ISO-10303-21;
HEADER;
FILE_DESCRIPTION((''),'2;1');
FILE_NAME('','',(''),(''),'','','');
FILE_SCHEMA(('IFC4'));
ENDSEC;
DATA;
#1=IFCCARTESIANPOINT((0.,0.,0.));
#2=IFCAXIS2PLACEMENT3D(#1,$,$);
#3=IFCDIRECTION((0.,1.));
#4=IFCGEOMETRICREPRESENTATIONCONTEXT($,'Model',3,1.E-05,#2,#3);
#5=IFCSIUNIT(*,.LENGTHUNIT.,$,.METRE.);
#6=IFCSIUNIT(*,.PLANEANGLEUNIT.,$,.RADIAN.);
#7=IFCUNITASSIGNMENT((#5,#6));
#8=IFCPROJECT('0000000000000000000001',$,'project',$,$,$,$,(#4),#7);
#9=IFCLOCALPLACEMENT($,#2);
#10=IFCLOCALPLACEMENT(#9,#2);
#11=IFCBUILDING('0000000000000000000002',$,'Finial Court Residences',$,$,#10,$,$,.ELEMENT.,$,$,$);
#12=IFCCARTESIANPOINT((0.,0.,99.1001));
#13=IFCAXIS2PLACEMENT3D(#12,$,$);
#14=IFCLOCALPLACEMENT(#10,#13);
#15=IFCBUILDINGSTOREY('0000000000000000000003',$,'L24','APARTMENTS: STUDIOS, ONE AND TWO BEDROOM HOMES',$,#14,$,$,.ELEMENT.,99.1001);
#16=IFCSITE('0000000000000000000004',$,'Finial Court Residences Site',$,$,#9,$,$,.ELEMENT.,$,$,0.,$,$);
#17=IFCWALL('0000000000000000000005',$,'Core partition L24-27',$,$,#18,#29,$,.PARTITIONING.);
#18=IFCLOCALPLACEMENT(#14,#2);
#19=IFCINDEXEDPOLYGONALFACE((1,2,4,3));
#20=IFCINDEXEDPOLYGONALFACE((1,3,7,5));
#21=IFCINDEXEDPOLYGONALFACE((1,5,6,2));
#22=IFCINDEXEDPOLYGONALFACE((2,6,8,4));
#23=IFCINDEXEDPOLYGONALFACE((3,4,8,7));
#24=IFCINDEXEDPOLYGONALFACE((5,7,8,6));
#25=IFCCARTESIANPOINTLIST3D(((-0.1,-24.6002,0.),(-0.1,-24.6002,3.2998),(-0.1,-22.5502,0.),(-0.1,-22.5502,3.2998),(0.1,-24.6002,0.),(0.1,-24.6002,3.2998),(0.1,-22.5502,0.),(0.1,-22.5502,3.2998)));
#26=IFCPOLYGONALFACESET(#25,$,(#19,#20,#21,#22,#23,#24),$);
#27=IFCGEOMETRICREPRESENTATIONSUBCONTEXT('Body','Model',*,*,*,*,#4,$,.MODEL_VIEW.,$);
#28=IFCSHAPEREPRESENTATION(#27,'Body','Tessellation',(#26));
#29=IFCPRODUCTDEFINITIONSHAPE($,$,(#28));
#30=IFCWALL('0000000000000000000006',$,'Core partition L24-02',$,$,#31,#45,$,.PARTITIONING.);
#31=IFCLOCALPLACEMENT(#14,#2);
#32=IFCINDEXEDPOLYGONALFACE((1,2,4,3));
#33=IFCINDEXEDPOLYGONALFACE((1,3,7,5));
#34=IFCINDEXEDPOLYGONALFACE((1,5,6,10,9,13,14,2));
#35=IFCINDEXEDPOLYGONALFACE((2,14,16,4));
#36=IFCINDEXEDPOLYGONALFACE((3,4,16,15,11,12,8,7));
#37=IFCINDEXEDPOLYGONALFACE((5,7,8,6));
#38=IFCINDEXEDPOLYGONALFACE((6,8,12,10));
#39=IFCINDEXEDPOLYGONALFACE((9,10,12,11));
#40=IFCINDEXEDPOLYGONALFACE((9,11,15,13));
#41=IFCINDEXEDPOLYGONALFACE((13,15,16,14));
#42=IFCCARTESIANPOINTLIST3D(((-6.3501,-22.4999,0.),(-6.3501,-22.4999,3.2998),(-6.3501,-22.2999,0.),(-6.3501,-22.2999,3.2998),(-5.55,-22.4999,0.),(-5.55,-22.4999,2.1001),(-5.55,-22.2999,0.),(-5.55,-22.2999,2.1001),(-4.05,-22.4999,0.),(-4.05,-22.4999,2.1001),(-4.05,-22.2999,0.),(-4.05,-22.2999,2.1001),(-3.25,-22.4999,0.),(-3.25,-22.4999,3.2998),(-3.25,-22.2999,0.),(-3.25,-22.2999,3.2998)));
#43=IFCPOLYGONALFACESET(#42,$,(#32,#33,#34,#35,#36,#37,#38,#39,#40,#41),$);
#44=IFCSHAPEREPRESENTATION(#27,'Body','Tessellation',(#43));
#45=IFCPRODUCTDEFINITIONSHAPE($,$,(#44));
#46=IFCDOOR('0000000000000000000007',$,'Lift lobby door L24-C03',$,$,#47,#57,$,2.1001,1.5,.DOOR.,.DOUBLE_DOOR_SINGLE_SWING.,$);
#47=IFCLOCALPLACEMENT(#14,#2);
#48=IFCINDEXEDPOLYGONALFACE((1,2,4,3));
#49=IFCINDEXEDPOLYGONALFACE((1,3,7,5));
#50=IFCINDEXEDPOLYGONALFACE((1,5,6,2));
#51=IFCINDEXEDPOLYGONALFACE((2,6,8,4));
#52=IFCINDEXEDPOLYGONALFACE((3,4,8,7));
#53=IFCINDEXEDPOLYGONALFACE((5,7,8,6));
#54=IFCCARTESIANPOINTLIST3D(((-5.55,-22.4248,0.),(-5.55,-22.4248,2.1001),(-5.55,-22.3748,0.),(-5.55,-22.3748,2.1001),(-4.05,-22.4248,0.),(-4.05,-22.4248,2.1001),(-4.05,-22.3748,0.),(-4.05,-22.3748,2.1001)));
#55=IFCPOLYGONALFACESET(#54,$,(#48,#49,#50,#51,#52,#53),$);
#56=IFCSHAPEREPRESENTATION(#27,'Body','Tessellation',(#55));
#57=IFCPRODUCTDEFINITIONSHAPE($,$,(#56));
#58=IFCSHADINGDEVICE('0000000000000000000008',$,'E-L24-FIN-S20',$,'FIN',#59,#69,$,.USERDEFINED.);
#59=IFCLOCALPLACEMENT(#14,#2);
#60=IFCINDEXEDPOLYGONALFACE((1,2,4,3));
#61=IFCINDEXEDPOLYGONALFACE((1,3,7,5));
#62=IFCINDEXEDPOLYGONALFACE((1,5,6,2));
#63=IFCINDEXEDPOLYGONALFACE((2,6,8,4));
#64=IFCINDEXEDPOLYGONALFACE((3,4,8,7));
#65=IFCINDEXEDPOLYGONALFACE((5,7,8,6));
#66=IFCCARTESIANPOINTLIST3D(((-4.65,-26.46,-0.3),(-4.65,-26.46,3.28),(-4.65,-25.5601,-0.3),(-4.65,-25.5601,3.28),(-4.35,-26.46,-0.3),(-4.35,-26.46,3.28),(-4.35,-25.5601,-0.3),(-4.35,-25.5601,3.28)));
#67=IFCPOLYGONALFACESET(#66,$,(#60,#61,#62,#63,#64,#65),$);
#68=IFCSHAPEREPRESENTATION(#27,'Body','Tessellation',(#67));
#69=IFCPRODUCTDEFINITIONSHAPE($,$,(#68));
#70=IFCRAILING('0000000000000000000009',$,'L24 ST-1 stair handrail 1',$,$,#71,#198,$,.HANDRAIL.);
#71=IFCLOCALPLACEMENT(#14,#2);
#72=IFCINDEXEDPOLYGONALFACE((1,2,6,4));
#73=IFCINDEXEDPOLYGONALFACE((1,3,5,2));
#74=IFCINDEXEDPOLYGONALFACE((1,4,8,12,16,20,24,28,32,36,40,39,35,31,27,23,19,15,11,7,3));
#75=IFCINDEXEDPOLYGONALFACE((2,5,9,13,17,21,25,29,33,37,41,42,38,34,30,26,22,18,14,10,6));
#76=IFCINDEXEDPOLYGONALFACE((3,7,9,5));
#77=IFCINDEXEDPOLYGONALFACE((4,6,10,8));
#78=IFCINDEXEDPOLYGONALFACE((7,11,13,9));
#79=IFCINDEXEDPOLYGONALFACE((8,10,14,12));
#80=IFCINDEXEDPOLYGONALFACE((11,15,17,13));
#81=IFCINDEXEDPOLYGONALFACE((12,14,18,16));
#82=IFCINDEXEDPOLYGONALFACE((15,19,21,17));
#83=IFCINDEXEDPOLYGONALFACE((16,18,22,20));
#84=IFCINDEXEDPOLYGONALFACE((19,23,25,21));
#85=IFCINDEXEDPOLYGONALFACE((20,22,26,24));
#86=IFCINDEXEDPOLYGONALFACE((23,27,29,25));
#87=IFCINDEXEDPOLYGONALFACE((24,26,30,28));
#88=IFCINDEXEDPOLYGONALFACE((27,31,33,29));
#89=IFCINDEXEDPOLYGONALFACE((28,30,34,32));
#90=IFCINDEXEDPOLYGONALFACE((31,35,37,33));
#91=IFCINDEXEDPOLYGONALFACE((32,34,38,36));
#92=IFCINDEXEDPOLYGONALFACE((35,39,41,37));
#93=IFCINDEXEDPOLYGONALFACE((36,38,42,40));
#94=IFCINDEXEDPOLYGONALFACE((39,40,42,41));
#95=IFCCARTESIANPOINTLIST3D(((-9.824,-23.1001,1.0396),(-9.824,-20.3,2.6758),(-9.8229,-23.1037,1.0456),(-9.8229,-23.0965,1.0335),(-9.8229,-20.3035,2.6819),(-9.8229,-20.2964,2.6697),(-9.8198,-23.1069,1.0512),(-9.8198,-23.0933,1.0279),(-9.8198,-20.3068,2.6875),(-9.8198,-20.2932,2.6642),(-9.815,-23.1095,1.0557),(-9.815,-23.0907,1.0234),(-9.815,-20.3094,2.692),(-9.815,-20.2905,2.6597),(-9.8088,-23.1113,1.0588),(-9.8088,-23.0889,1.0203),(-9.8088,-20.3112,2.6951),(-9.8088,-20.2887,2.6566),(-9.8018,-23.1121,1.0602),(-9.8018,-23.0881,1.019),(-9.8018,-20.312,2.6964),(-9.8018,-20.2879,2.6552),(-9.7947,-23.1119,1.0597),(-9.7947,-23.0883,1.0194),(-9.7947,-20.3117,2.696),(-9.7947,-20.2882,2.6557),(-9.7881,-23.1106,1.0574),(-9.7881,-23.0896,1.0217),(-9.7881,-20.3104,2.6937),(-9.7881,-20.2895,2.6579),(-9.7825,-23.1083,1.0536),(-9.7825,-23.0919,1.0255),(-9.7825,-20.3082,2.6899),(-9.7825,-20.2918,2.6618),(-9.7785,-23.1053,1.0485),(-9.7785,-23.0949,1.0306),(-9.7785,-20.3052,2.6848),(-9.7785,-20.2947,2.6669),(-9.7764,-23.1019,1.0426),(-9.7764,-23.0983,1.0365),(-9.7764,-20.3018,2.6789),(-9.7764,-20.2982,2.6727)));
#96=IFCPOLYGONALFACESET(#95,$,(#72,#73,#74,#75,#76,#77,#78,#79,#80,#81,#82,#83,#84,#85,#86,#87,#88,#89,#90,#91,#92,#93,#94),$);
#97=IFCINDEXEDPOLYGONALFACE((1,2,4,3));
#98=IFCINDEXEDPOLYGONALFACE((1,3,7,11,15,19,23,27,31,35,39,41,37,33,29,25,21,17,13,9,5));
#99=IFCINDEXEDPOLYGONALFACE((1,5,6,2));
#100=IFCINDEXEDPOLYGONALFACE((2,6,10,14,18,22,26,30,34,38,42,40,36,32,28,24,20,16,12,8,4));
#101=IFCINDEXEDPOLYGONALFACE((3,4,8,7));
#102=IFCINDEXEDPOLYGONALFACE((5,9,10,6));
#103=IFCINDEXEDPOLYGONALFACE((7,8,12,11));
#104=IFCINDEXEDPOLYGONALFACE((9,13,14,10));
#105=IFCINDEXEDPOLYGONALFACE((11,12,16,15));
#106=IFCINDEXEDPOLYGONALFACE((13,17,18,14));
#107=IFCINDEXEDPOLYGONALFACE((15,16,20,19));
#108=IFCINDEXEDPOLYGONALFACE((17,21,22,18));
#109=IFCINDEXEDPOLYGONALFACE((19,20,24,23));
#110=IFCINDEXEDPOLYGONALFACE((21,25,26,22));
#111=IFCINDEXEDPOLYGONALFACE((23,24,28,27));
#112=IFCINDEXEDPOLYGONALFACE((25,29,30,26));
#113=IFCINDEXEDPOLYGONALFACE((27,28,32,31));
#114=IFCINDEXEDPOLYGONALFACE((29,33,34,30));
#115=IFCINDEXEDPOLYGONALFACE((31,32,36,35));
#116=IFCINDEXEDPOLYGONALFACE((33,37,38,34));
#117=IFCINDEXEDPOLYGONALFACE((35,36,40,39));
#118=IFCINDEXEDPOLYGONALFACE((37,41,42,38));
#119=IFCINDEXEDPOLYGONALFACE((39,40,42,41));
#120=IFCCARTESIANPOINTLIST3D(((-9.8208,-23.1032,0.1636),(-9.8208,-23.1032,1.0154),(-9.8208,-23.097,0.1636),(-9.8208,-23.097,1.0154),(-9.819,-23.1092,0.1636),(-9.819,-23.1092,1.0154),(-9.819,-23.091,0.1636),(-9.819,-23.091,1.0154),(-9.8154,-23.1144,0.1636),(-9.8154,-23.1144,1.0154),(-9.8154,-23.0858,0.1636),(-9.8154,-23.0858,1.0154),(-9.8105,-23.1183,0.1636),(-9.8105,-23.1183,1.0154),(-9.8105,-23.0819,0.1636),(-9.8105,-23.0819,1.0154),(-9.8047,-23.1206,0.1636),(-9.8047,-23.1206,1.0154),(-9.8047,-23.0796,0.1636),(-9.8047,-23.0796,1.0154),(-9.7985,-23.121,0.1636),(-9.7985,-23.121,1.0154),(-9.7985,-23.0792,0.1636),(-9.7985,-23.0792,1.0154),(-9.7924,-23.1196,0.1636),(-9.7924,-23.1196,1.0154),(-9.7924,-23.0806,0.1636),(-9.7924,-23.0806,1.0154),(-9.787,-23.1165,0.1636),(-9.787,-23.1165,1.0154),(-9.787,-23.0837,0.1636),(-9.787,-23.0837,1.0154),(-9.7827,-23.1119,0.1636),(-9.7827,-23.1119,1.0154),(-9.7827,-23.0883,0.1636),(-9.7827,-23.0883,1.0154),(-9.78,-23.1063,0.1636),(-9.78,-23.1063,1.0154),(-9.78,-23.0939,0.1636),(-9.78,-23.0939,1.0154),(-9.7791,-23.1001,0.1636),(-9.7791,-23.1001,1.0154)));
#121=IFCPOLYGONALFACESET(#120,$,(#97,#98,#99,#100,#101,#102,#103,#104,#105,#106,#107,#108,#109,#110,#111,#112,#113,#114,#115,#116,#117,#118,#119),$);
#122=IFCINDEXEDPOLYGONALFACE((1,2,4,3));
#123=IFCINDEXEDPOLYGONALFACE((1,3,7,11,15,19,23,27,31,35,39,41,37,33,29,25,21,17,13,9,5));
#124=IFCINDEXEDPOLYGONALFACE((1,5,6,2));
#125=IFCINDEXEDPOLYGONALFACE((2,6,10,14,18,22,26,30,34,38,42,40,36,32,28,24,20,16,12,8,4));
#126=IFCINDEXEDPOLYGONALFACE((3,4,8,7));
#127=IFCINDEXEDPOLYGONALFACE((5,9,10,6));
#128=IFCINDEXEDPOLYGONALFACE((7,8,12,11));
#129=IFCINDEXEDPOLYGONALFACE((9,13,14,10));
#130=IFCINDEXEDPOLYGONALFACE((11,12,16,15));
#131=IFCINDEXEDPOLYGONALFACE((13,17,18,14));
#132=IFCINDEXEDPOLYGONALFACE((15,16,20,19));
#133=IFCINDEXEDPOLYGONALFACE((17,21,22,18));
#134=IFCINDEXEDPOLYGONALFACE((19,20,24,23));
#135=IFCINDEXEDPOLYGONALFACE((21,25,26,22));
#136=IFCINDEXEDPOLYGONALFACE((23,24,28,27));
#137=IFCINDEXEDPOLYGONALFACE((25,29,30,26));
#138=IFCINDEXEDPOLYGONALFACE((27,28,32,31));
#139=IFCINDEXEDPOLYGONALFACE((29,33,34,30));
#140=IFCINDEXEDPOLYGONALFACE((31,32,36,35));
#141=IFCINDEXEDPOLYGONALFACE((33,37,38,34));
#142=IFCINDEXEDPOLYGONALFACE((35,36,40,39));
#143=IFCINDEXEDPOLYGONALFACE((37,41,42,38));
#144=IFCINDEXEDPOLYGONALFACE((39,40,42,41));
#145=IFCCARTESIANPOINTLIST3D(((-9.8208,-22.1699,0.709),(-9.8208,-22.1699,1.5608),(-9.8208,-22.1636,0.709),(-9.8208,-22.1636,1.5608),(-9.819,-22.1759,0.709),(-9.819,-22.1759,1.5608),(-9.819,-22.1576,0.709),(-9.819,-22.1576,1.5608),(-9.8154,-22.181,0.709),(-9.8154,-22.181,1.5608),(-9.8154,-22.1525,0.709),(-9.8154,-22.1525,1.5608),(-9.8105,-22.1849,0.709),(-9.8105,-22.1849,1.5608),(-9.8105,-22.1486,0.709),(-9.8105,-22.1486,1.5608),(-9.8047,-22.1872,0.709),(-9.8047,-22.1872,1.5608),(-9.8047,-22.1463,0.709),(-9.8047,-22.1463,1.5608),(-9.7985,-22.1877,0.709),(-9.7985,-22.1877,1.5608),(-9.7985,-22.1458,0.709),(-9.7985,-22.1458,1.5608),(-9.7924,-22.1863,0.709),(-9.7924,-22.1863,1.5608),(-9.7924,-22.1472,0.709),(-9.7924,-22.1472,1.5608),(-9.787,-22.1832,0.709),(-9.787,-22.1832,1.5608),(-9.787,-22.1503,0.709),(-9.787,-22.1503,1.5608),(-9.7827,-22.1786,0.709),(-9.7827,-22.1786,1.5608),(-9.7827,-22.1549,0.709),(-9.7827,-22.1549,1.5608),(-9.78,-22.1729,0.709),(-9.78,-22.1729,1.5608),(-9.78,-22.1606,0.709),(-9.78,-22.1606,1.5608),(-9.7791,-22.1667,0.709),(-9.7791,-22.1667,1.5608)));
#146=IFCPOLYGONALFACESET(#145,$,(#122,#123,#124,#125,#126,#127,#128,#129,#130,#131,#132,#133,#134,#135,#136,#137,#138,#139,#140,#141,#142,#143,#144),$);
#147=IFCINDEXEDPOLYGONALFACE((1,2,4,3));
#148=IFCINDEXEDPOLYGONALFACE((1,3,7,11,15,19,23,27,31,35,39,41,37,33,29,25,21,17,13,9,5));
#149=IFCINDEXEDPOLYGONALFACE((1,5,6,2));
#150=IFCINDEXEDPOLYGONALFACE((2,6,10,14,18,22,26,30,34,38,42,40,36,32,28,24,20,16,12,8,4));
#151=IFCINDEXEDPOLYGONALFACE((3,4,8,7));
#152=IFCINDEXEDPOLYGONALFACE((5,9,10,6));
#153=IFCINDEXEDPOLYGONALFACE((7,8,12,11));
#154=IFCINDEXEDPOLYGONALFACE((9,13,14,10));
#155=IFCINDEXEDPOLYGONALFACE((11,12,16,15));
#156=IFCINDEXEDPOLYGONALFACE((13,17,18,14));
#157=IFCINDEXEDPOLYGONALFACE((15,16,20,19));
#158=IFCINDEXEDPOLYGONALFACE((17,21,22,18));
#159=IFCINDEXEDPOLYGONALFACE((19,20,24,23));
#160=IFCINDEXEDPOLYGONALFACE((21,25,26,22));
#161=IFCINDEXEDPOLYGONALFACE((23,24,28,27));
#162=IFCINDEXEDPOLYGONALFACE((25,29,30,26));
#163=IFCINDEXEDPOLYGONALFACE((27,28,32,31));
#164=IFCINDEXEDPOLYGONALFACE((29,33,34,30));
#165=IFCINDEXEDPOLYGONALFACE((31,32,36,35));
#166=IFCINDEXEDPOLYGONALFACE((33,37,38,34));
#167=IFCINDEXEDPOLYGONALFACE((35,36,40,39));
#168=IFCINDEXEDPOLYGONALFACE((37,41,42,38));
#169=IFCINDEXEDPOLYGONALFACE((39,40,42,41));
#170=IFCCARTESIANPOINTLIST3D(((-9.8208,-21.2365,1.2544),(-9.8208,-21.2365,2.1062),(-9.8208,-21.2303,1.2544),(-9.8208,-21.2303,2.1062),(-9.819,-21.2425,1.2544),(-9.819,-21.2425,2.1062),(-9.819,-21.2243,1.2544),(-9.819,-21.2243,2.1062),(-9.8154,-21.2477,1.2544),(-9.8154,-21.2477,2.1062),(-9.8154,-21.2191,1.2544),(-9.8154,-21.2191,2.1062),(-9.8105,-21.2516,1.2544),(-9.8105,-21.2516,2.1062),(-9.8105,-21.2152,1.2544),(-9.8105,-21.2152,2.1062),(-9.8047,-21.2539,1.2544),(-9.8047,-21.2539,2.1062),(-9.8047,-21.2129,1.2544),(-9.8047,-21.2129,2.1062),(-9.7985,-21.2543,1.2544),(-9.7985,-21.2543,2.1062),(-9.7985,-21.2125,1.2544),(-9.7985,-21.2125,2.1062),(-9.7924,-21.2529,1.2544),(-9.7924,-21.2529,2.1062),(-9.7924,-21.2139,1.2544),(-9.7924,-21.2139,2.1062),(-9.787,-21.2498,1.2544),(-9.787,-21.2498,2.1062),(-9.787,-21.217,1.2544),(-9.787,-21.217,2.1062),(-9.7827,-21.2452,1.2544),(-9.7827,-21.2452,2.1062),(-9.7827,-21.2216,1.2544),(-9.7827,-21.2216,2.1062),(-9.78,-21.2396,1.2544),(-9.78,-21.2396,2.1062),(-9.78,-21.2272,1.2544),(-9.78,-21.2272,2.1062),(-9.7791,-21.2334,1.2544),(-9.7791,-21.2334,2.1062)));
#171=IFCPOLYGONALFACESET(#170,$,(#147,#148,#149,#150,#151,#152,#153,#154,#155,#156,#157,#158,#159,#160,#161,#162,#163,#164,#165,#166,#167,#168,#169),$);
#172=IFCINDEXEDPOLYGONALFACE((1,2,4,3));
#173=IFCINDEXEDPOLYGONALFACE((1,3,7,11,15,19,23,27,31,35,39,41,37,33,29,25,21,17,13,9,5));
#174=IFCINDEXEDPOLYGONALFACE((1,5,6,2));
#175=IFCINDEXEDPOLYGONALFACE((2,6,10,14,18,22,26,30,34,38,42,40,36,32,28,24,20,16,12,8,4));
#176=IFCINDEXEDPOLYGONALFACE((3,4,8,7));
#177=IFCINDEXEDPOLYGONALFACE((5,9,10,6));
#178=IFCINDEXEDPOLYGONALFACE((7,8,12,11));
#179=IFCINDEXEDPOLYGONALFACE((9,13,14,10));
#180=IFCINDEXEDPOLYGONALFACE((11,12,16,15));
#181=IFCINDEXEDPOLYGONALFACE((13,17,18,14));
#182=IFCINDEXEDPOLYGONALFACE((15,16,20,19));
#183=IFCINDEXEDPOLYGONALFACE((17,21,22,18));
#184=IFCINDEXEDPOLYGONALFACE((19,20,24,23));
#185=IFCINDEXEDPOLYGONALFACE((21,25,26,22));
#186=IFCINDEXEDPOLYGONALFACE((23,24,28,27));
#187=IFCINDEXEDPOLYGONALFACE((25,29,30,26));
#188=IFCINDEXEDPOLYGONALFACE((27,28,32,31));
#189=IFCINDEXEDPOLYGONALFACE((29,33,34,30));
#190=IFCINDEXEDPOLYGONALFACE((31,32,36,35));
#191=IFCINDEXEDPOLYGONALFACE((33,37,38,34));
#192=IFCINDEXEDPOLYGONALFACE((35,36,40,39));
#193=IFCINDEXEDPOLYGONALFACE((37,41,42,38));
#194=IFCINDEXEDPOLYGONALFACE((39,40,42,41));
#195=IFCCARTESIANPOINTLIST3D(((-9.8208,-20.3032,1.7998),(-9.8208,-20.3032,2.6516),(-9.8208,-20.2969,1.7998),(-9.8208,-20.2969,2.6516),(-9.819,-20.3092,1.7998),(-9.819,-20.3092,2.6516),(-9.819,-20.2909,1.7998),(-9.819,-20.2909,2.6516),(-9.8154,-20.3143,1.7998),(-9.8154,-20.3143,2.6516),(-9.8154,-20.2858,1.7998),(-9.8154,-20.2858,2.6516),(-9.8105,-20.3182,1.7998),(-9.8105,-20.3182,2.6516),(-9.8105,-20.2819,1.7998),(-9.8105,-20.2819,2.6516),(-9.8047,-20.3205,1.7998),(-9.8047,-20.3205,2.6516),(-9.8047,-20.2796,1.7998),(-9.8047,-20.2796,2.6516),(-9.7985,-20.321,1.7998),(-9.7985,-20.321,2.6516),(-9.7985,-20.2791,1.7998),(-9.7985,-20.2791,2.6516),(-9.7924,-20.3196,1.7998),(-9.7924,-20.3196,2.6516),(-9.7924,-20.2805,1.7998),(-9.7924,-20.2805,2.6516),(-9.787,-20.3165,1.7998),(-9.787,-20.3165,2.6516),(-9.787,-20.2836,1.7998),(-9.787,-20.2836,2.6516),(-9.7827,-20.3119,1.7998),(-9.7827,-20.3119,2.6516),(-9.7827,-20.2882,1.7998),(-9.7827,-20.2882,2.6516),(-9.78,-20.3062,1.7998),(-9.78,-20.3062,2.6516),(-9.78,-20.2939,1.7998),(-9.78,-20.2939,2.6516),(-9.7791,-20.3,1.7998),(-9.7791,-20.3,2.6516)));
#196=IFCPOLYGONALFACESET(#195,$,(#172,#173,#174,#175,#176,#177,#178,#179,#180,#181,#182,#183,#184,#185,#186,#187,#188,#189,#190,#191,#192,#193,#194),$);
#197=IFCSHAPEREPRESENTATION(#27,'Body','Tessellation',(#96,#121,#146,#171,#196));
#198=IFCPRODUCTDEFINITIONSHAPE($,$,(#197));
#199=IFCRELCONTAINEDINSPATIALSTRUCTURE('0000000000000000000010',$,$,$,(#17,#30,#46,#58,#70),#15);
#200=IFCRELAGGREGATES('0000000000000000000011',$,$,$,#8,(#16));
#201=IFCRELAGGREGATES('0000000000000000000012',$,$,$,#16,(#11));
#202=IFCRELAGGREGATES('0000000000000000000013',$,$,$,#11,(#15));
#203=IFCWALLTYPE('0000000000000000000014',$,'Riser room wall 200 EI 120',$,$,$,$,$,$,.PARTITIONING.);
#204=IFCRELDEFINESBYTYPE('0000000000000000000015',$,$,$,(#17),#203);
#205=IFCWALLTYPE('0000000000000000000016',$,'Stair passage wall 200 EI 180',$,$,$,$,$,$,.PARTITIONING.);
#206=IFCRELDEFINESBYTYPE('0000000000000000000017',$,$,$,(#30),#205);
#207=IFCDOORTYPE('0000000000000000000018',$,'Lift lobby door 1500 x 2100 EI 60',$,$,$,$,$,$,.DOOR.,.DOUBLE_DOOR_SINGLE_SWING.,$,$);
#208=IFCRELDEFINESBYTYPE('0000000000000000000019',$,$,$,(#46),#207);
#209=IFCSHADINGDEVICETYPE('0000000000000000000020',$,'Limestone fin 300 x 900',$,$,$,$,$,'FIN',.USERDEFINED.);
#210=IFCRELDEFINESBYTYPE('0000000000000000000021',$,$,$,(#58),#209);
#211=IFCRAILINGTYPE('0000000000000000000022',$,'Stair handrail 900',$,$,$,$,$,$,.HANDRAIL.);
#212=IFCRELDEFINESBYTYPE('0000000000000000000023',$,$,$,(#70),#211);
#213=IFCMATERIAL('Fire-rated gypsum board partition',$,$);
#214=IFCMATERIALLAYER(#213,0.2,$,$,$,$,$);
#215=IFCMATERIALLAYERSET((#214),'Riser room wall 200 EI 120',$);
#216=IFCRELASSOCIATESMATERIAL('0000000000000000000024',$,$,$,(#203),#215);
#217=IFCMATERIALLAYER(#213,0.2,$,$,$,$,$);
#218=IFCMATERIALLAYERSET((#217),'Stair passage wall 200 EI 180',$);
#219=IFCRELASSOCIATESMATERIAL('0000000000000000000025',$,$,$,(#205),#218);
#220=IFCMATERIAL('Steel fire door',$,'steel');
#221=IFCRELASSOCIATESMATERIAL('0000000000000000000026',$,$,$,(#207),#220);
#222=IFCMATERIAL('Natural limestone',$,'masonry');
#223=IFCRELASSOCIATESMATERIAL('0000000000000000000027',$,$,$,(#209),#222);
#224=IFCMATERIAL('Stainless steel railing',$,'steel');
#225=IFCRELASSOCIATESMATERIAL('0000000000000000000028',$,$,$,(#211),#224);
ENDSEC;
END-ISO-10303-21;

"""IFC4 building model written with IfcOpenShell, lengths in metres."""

from ifc_helpers import new_model, si_unit, direction, frame, frame_2d, origin, origin_2d, place, context, subcontext, project, spatial, rectangle, circle, extrude, material, layer, layer_set, type_object, element, fill, save


model = new_model("IFC4")

# Units and contexts
model_context = context("Model", 3, precision=1e-05, world=origin(), true_north=direction((0.0, 1.0)))
body_context = subcontext(model_context, "Body", "Model", "MODEL_VIEW")
ifc_project = project(units=[si_unit("LENGTHUNIT", "METRE"), si_unit("PLANEANGLEUNIT", "RADIAN")], contexts=[model_context])

# Site, building, storey
site_placement = place(None, origin())
site = spatial("IfcSite", under=ifc_project, at=site_placement, Name="Finial Court Residences Site", CompositionType="ELEMENT", RefElevation=0.0)
building_placement = place(site_placement, origin())
building = spatial("IfcBuilding", under=site, at=building_placement, Name="Finial Court Residences", CompositionType="ELEMENT")
storey_placement = place(building_placement, frame((0.0, 0.0, 99.1001)))
storey = spatial("IfcBuildingStorey", under=building, at=storey_placement, Name="L24", Description="APARTMENTS: STUDIOS, ONE AND TWO BEDROOM HOMES", CompositionType="ELEMENT", Elevation=99.1001)

# Shared definitions
ifc_material_1 = material(Name="Steel fire door", Category="steel")

# Wall
ifc_material_2 = material(Name="Fire-rated gypsum board partition")
ifc_layer_1 = layer(ifc_material_2, 0.2)
ifc_layer_set_1 = layer_set([ifc_layer_1], Name="Riser room wall 200 EI 120")
wall_type_1 = type_object("IfcWallType", Name="Riser room wall 200 EI 120", PredefinedType="PARTITIONING", material=ifc_layer_set_1)
wall_1_placement = place(storey_placement, frame((0.0, -24.6001, 0.0), z_axis=(0.0, 0.0, 1.0), x_axis=(0.0, 1.0, 0.0)))
element("IfcWall", 1, at=wall_1_placement, inside=storey, type_object=wall_type_1, Name="Core partition L24-27", PredefinedType="PARTITIONING", context=body_context, shape_type="SweptSolid", body=[
    extrude(rectangle(XDim=2.05, YDim=0.2, at=frame_2d((1.0249, 0.0))), origin(), (0.0, 0.0, 1.0), 3.2998),
])

# Wall, opening, door
ifc_layer_2 = layer(ifc_material_2, 0.2)
ifc_layer_set_2 = layer_set([ifc_layer_2], Name="Stair passage wall 200 EI 180")
wall_type_2 = type_object("IfcWallType", Name="Stair passage wall 200 EI 180", PredefinedType="PARTITIONING", material=ifc_layer_set_2)
wall_2_placement = place(storey_placement, frame((-3.25, -22.3999, 0.0), z_axis=(0.0, 0.0, 1.0), x_axis=(-1.0, 0.0, 0.0)))
wall_2 = element("IfcWall", 2, at=wall_2_placement, inside=storey, type_object=wall_type_2, Name="Core partition L24-02", PredefinedType="PARTITIONING", context=body_context, shape_type="SweptSolid", body=[
    extrude(rectangle(XDim=3.1001, YDim=0.2, at=frame_2d((1.55, 0.0))), origin(), (0.0, 0.0, 1.0), 3.2998),
])
opening_1_placement = place(wall_2_placement, frame((0.8, 0.0, 0.0)))
opening_1 = element("IfcOpeningElement", 3, at=opening_1_placement, cuts=wall_2, PredefinedType="OPENING", context=body_context, shape_type="SweptSolid", body=[
    extrude(rectangle(XDim=1.5, YDim=2.1001, at=frame_2d((0.75, 1.05))), frame((0.0, 0.1099, 0.0), z_axis=(0.0, -1.0, 0.0), x_axis=(1.0, 0.0, 0.0)), (0.0, 0.0, 1.0), 0.22),
])
door_type_1 = type_object("IfcDoorType", Name="Lift lobby door 1500 x 2100 EI 60", OperationType="DOUBLE_DOOR_SINGLE_SWING", PredefinedType="DOOR", material=ifc_material_1)
door_1_placement = place(opening_1_placement, origin())
door_1 = element("IfcDoor", 4, at=door_1_placement, inside=storey, type_object=door_type_1, Name="Lift lobby door L24-C03", OperationType="DOUBLE_DOOR_SINGLE_SWING", OverallHeight=2.1001, OverallWidth=1.5, PredefinedType="DOOR", context=body_context, shape_type="SweptSolid", body=[
    extrude(rectangle(XDim=1.5, YDim=2.1001, at=frame_2d((0.75, 1.05))), frame((0.0, 0.0249, 0.0), z_axis=(0.0, -1.0, 0.0), x_axis=(1.0, 0.0, 0.0)), (0.0, 0.0, 1.0), 0.05),
])
fill(opening_1, door_1)

# Shading device
ifc_material_3 = material(Name="Natural limestone", Category="masonry")
shading_device_type = type_object("IfcShadingDeviceType", Name="Limestone fin 300 x 900", ElementType="FIN", PredefinedType="USERDEFINED", material=ifc_material_3)
shading_device_placement = place(storey_placement, frame((-4.5, -26.01, -0.3), z_axis=(0.0, 0.0, 1.0), x_axis=(1.0, 0.0, 0.0)))
element("IfcShadingDevice", 5, at=shading_device_placement, inside=storey, type_object=shading_device_type, Name="E-L24-FIN-S20", ObjectType="FIN", PredefinedType="USERDEFINED", context=body_context, shape_type="SweptSolid", body=[
    extrude(rectangle(XDim=0.3, YDim=0.8999, at=origin_2d()), origin(), (0.0, 0.0, 1.0), 3.5801),
])

# Railing
ifc_material_4 = material(Name="Stainless steel railing", Category="steel")
railing_type = type_object("IfcRailingType", Name="Stair handrail 900", PredefinedType="HANDRAIL", material=ifc_material_4)
railing_placement = place(storey_placement, frame((-9.8, -23.1001, 0.1636)))
element("IfcRailing", 6, at=railing_placement, inside=storey, type_object=railing_type, Name="L24 ST-1 stair handrail 1", PredefinedType="HANDRAIL", context=body_context, shape_type="SweptSolid", body=[
    extrude(circle(Radius=0.0239, at=origin_2d()), frame((0.0, 0.0, 0.876), z_axis=(0.0, 0.863394, 0.504531), x_axis=(-1.0, 0.0, 0.0)), (0.0, 0.0, 1.0), 3.2432),
    extrude(circle(Radius=0.021, at=origin_2d()), origin(), (0.0, 0.0, 1.0), 0.8518),
    extrude(circle(Radius=0.021, at=origin_2d()), frame((0.0, 0.9333, 0.5454)), (0.0, 0.0, 1.0), 0.8518),
    extrude(circle(Radius=0.021, at=origin_2d()), frame((0.0, 1.8667, 1.0908)), (0.0, 0.0, 1.0), 0.8518),
    extrude(circle(Radius=0.021, at=origin_2d()), frame((0.0, 2.8, 1.6362)), (0.0, 0.0, 1.0), 0.8518),
])

save(model, "model.ifc")
